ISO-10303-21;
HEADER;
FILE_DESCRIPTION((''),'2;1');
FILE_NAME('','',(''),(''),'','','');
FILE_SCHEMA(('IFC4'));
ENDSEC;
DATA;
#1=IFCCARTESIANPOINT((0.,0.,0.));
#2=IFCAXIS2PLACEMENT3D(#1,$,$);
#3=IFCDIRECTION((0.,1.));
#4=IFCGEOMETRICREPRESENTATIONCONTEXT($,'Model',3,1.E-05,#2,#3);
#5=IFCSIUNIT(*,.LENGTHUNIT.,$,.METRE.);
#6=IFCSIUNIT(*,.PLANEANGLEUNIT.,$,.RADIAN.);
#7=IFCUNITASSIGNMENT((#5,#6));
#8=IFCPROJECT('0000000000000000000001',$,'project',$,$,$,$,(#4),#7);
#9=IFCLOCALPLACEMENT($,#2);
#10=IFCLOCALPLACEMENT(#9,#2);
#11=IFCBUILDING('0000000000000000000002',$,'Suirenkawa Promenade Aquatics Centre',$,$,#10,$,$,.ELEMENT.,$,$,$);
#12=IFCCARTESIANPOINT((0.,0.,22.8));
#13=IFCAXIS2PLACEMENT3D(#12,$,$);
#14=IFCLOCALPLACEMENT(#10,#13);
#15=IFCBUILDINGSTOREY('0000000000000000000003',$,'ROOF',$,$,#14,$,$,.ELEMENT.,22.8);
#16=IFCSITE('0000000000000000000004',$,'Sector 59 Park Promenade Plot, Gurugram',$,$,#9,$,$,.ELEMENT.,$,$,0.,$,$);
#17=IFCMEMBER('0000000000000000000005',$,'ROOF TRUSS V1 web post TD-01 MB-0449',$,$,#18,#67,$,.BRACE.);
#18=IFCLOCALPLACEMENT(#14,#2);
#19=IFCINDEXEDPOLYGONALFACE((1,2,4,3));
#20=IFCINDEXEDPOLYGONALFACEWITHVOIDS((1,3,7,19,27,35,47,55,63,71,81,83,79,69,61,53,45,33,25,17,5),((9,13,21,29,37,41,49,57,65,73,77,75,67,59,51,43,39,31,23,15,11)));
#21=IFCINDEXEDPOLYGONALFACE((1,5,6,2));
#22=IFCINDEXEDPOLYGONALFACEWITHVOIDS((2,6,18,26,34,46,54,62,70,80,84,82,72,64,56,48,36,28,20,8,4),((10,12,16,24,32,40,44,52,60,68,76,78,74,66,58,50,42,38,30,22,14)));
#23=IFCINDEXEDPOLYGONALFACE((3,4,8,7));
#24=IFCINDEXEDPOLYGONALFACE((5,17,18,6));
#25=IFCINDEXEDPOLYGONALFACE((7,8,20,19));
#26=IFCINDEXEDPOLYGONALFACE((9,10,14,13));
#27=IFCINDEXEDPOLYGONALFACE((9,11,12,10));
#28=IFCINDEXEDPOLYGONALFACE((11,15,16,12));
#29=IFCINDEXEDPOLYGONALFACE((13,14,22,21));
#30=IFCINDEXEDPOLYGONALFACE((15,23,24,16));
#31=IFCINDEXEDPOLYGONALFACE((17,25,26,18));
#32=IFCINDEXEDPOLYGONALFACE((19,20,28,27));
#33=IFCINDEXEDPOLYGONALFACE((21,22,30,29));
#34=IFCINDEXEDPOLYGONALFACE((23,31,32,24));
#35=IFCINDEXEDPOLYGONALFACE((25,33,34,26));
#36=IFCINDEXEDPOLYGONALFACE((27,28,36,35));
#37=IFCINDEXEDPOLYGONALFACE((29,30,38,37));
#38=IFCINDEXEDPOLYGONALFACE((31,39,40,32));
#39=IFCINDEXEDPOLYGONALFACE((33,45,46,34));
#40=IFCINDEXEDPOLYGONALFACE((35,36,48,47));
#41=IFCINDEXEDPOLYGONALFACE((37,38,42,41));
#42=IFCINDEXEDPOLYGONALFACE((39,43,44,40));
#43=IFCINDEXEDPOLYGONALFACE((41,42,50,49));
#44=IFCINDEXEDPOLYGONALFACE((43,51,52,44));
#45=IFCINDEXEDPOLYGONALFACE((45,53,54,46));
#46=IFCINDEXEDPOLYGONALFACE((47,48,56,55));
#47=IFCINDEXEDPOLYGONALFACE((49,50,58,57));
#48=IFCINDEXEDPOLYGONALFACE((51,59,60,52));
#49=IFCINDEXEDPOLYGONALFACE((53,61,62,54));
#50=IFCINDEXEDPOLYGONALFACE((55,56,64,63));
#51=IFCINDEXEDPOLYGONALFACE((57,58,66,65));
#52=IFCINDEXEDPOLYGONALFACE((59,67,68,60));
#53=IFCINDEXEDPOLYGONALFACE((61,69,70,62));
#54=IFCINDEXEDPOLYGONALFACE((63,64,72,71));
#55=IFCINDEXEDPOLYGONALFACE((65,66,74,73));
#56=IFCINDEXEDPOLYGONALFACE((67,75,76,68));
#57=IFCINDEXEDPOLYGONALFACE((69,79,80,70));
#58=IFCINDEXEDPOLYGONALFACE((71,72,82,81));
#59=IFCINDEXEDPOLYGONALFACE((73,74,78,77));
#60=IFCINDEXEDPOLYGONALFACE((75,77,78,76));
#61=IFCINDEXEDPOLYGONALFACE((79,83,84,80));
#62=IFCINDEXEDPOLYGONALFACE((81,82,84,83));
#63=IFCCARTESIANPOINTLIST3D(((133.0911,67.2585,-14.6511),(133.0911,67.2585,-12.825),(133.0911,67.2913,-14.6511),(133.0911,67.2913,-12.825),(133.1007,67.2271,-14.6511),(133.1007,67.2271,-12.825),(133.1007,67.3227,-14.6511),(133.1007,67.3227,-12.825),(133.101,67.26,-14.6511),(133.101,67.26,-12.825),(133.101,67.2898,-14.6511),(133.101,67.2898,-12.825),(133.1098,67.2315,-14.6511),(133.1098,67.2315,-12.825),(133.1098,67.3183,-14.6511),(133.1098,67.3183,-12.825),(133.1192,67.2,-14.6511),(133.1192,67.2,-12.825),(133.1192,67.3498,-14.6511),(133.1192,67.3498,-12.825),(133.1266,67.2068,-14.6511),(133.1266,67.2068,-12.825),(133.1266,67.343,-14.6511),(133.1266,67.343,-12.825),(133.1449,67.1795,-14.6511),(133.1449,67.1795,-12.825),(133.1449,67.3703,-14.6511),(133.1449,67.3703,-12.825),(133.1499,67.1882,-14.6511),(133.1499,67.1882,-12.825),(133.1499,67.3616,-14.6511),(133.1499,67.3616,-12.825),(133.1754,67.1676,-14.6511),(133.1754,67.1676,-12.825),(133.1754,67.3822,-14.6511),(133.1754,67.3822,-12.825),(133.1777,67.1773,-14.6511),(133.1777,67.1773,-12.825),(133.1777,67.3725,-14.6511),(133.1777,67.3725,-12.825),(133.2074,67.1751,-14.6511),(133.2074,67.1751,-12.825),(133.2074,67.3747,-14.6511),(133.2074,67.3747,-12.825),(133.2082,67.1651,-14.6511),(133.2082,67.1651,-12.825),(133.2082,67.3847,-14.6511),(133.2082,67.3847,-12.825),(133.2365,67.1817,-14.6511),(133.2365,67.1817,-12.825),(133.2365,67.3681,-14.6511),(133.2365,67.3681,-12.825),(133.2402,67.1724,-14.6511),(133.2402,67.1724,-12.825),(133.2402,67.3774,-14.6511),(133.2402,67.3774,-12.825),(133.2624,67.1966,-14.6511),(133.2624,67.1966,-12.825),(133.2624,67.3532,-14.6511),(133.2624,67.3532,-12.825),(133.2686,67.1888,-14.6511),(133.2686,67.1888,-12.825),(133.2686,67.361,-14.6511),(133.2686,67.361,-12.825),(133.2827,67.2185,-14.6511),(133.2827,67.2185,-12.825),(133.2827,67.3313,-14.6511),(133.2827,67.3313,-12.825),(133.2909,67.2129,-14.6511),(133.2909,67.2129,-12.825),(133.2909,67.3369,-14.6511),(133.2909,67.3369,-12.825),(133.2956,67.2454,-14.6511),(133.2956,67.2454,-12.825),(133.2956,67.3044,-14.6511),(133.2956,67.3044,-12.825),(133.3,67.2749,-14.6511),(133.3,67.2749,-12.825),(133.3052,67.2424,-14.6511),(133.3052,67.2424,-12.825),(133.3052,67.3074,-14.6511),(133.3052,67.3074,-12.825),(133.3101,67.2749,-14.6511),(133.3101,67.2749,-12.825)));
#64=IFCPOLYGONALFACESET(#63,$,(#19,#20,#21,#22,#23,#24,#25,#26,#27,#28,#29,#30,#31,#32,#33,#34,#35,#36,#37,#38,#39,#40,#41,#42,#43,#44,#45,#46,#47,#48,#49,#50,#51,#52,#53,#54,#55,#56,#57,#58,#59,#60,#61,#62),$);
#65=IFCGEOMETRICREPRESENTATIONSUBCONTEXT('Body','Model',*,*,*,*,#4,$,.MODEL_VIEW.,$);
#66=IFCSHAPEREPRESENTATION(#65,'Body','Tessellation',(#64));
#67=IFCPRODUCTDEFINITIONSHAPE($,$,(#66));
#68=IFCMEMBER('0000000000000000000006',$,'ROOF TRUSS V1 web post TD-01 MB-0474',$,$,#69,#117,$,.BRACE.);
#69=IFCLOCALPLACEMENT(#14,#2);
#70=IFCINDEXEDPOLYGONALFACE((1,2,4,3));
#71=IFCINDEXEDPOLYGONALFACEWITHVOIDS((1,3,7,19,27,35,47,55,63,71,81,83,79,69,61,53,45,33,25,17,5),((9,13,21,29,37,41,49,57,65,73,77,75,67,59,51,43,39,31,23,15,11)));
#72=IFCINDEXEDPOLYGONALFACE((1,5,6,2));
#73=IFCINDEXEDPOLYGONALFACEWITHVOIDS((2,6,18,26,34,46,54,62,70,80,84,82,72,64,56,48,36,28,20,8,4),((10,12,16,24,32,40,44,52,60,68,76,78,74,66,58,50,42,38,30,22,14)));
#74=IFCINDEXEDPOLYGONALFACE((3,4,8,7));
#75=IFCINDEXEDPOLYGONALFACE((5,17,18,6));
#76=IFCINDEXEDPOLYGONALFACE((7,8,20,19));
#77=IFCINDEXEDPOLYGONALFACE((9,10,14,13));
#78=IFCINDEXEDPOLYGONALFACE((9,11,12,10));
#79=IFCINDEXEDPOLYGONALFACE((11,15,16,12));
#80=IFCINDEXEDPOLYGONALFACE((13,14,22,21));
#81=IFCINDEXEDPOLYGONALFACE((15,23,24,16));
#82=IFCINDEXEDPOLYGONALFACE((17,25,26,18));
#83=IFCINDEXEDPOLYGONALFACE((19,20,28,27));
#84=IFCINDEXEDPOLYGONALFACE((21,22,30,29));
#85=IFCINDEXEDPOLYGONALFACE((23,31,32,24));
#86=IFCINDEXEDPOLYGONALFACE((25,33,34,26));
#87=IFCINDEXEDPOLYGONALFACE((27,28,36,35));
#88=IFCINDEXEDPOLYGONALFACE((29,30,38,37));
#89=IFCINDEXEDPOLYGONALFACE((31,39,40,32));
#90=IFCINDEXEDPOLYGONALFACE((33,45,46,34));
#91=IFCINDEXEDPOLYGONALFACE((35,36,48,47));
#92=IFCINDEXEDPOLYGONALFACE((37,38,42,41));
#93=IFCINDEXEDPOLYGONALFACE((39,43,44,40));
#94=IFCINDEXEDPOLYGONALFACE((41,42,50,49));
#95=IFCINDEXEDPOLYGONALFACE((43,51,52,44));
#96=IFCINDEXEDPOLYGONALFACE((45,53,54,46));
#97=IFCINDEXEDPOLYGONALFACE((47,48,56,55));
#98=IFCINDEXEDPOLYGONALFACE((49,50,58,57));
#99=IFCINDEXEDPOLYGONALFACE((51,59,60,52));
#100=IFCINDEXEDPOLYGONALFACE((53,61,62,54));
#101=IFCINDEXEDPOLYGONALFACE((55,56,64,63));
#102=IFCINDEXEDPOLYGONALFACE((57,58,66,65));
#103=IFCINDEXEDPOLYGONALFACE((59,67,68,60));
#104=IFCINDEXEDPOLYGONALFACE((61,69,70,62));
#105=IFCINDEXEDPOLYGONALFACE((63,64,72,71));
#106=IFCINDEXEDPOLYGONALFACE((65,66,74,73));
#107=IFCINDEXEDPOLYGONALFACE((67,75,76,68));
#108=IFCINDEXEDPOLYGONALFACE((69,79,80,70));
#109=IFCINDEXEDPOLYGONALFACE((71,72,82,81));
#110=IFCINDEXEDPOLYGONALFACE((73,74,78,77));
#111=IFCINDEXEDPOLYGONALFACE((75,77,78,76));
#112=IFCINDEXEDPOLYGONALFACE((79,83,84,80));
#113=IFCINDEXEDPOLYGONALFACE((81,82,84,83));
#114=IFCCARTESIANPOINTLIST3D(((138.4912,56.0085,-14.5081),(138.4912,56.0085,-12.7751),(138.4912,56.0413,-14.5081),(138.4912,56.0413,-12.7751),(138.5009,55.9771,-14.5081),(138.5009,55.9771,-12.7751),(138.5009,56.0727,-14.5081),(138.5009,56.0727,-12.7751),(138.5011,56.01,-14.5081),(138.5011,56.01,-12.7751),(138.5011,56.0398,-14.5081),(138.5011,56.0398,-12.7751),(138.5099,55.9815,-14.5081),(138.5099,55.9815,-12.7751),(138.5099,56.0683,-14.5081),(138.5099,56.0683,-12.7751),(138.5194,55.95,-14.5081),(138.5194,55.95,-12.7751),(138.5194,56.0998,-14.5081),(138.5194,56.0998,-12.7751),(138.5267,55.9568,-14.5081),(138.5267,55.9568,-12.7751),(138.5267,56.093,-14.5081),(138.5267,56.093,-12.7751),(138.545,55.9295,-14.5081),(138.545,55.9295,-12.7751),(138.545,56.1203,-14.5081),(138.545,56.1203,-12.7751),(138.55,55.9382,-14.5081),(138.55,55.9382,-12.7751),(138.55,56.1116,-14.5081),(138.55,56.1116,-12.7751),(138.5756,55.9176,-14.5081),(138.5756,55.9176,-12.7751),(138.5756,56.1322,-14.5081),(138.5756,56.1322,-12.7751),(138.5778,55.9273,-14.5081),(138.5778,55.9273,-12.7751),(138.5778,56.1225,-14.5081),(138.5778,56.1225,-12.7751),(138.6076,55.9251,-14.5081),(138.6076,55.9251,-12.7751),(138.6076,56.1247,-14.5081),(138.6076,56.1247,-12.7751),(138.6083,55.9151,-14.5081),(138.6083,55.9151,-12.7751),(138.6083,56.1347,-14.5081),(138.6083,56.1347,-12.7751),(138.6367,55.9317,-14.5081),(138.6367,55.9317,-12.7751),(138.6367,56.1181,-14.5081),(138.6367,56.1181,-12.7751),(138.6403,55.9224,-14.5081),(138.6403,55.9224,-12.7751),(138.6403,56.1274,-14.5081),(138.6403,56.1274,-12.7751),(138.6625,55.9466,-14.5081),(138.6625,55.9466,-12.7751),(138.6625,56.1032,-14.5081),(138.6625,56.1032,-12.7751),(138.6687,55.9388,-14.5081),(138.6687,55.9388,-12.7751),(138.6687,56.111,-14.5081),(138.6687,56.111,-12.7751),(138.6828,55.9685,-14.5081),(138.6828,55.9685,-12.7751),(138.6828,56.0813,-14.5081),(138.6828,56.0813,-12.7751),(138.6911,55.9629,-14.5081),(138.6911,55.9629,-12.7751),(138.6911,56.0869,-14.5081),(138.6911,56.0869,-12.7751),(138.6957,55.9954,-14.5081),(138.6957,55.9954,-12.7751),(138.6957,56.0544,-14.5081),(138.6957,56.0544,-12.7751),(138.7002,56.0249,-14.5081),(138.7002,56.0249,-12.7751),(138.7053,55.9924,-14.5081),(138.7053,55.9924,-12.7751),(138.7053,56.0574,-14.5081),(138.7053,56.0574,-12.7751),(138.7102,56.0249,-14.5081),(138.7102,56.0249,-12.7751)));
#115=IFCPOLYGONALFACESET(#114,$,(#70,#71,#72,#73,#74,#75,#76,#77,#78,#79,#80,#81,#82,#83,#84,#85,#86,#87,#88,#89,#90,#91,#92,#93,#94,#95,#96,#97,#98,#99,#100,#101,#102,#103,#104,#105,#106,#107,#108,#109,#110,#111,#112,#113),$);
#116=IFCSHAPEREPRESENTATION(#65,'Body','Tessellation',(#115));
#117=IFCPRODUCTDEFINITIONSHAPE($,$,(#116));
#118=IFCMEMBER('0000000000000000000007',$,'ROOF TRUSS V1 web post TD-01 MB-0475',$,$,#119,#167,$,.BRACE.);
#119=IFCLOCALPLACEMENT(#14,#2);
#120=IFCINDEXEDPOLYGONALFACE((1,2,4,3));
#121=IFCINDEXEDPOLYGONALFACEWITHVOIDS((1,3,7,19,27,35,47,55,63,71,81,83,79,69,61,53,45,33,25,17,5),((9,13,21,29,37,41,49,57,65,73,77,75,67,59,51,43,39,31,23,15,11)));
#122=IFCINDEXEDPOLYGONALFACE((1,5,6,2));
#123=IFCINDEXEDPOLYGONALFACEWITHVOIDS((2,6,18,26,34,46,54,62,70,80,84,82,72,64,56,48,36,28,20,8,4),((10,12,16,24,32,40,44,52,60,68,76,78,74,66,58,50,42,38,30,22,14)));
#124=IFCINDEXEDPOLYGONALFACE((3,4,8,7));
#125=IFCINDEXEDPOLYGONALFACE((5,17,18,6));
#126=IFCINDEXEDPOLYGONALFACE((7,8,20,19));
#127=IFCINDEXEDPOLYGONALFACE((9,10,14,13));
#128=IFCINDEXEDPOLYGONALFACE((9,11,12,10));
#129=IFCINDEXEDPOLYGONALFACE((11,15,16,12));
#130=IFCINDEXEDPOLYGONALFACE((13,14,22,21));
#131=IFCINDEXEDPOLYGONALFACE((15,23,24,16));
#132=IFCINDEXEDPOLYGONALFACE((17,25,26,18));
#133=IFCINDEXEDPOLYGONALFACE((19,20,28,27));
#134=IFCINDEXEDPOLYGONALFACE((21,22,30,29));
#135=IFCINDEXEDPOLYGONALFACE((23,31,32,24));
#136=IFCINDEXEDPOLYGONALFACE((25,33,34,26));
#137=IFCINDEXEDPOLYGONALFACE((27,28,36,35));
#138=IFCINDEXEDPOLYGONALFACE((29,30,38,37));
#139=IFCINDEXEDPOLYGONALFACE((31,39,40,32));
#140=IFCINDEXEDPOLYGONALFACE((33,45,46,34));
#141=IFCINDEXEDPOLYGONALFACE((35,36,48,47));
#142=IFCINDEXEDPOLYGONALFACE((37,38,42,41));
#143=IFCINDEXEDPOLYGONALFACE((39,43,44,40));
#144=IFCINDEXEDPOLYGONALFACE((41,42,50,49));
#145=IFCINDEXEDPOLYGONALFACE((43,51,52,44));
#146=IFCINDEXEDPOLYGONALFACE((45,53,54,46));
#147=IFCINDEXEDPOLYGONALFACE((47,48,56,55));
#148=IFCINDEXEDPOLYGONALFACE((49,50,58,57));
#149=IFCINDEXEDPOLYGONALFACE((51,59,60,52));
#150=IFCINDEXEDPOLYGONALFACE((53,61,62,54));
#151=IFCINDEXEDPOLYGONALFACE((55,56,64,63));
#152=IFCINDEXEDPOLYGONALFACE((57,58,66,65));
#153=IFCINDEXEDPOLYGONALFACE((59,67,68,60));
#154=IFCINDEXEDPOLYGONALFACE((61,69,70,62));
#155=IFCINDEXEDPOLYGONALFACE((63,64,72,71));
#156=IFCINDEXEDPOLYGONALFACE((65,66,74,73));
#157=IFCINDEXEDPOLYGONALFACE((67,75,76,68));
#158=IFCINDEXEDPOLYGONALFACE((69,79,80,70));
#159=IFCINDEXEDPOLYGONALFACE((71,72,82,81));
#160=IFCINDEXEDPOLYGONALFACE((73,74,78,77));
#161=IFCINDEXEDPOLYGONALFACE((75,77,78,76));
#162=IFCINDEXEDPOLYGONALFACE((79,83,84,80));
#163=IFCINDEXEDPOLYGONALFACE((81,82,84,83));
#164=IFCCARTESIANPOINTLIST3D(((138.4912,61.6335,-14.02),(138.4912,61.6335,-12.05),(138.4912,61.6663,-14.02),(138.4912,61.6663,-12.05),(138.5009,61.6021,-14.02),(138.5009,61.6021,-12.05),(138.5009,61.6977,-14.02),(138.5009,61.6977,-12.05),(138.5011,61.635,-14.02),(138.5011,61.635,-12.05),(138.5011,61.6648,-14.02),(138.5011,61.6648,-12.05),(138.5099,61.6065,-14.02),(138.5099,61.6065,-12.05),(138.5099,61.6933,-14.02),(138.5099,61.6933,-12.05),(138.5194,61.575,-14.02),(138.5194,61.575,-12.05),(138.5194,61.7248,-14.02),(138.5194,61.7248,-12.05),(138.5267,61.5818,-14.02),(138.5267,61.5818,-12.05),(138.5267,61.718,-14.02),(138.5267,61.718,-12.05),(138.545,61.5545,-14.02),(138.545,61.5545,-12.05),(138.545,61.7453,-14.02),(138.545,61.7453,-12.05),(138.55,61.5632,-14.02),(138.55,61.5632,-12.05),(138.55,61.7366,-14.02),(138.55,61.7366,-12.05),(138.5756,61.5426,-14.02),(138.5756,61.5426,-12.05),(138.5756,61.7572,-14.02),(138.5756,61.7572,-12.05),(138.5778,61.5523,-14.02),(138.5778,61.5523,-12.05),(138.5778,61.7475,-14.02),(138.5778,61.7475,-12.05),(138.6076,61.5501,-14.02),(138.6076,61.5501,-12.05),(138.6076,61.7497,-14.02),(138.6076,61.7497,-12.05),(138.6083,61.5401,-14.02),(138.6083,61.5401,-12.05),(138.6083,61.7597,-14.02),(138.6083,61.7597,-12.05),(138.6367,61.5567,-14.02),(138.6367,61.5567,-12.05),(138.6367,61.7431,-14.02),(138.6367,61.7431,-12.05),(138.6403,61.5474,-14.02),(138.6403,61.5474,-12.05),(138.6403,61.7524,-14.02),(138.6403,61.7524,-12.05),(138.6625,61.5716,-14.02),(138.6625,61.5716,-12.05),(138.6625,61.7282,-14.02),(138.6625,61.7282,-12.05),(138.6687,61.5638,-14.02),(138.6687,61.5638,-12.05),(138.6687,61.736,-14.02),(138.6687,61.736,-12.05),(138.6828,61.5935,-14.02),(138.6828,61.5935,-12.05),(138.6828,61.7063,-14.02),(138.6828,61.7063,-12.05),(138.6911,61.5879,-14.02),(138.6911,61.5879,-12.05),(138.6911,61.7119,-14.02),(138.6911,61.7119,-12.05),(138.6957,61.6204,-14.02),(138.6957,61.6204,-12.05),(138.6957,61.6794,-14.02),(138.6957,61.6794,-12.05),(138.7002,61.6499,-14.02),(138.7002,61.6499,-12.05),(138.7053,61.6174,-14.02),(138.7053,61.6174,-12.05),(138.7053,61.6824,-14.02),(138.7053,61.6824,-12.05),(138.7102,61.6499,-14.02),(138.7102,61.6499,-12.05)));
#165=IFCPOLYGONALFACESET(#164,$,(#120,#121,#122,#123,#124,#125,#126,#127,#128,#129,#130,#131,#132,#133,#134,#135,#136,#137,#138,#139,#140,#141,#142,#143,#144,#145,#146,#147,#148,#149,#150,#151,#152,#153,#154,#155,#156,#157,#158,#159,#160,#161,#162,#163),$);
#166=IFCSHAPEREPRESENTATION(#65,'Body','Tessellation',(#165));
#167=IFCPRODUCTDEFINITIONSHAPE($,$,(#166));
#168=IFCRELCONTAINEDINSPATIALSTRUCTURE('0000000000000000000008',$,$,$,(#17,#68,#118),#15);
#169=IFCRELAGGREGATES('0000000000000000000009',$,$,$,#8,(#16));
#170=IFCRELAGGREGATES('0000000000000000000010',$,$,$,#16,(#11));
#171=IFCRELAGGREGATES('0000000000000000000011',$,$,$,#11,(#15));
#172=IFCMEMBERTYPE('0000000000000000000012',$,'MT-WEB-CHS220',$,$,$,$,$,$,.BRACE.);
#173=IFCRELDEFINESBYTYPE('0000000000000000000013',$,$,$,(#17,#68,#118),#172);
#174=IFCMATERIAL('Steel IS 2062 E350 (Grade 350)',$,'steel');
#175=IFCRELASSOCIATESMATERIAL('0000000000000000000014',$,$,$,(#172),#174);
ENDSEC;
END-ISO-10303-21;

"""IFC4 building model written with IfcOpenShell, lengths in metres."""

from ifc_helpers import new_model, si_unit, direction, frame, origin, origin_2d, place, context, subcontext, project, spatial, hollow_circle, extrude, material, material_profile, profile_set, type_object, element, save


model = new_model("IFC4")

# Units and contexts
model_context = context("Model", 3, precision=1e-05, world=origin(), true_north=direction((0.0, 1.0)))
body_context = subcontext(model_context, "Body", "Model", "MODEL_VIEW")
ifc_project = project(units=[si_unit("LENGTHUNIT", "METRE"), si_unit("PLANEANGLEUNIT", "RADIAN")], contexts=[model_context])

# Site, building, storey
site_placement = place(None, origin())
site = spatial("IfcSite", under=ifc_project, at=site_placement, Name="Sector 59 Park Promenade Plot, Gurugram", CompositionType="ELEMENT", RefElevation=0.0)
building_placement = place(site_placement, origin())
building = spatial("IfcBuilding", under=site, at=building_placement, Name="Suirenkawa Promenade Aquatics Centre", CompositionType="ELEMENT")
storey_placement = place(building_placement, frame((0.0, 0.0, 22.8)))
storey = spatial("IfcBuildingStorey", under=building, at=storey_placement, Name="ROOF", CompositionType="ELEMENT", Elevation=22.8)

# Shared definitions
ifc_material = material(Name="Steel IS 2062 E350 (Grade 350)", Category="steel")

# Members
ifc_material_profile_1 = material_profile(ifc_material, hollow_circle(Radius=0.1101, WallThickness=0.01, at=origin_2d()), Name="CHS 220x10", Category="steel")
ifc_profile_set_1 = profile_set([ifc_material_profile_1], Name="Steel IS 2062 E350 (Grade 350)")
member_type_1 = type_object("IfcMemberType", Name="MT-WEB-CHS220", PredefinedType="BRACE", material=ifc_profile_set_1)
member_1_placement = place(storey_placement, frame((133.2, 67.2749, -14.6511), z_axis=(0.0, 0.0, 1.0), x_axis=(1.0, 0.0, 0.0)))
element("IfcMember", 1, at=member_1_placement, inside=storey, type_object=member_type_1, Name="ROOF TRUSS V1 web post TD-01 MB-0449", PredefinedType="BRACE", context=body_context, shape_type="SweptSolid", body=[
    extrude(hollow_circle(Radius=0.1101, WallThickness=0.01, at=origin_2d()), origin(), (0.0, 0.0, 1.0), 1.8262),
])
member_2_placement = place(storey_placement, frame((138.6001, 56.0249, -14.5081), z_axis=(0.0, 0.0, 1.0), x_axis=(1.0, 0.0, 0.0)))
element("IfcMember", 2, at=member_2_placement, inside=storey, type_object=member_type_1, Name="ROOF TRUSS V1 web post TD-01 MB-0474", PredefinedType="BRACE", context=body_context, shape_type="SweptSolid", body=[
    extrude(hollow_circle(Radius=0.1101, WallThickness=0.01, at=origin_2d()), origin(), (0.0, 0.0, 1.0), 1.7329),
])
member_3_placement = place(storey_placement, frame((138.6001, 61.6499, -14.02), z_axis=(0.0, 0.0, 1.0), x_axis=(1.0, 0.0, 0.0)))
element("IfcMember", 3, at=member_3_placement, inside=storey, type_object=member_type_1, Name="ROOF TRUSS V1 web post TD-01 MB-0475", PredefinedType="BRACE", context=body_context, shape_type="SweptSolid", body=[
    extrude(hollow_circle(Radius=0.1101, WallThickness=0.01, at=origin_2d()), origin(), (0.0, 0.0, 1.0), 1.97),
])

save(model, "model.ifc")
